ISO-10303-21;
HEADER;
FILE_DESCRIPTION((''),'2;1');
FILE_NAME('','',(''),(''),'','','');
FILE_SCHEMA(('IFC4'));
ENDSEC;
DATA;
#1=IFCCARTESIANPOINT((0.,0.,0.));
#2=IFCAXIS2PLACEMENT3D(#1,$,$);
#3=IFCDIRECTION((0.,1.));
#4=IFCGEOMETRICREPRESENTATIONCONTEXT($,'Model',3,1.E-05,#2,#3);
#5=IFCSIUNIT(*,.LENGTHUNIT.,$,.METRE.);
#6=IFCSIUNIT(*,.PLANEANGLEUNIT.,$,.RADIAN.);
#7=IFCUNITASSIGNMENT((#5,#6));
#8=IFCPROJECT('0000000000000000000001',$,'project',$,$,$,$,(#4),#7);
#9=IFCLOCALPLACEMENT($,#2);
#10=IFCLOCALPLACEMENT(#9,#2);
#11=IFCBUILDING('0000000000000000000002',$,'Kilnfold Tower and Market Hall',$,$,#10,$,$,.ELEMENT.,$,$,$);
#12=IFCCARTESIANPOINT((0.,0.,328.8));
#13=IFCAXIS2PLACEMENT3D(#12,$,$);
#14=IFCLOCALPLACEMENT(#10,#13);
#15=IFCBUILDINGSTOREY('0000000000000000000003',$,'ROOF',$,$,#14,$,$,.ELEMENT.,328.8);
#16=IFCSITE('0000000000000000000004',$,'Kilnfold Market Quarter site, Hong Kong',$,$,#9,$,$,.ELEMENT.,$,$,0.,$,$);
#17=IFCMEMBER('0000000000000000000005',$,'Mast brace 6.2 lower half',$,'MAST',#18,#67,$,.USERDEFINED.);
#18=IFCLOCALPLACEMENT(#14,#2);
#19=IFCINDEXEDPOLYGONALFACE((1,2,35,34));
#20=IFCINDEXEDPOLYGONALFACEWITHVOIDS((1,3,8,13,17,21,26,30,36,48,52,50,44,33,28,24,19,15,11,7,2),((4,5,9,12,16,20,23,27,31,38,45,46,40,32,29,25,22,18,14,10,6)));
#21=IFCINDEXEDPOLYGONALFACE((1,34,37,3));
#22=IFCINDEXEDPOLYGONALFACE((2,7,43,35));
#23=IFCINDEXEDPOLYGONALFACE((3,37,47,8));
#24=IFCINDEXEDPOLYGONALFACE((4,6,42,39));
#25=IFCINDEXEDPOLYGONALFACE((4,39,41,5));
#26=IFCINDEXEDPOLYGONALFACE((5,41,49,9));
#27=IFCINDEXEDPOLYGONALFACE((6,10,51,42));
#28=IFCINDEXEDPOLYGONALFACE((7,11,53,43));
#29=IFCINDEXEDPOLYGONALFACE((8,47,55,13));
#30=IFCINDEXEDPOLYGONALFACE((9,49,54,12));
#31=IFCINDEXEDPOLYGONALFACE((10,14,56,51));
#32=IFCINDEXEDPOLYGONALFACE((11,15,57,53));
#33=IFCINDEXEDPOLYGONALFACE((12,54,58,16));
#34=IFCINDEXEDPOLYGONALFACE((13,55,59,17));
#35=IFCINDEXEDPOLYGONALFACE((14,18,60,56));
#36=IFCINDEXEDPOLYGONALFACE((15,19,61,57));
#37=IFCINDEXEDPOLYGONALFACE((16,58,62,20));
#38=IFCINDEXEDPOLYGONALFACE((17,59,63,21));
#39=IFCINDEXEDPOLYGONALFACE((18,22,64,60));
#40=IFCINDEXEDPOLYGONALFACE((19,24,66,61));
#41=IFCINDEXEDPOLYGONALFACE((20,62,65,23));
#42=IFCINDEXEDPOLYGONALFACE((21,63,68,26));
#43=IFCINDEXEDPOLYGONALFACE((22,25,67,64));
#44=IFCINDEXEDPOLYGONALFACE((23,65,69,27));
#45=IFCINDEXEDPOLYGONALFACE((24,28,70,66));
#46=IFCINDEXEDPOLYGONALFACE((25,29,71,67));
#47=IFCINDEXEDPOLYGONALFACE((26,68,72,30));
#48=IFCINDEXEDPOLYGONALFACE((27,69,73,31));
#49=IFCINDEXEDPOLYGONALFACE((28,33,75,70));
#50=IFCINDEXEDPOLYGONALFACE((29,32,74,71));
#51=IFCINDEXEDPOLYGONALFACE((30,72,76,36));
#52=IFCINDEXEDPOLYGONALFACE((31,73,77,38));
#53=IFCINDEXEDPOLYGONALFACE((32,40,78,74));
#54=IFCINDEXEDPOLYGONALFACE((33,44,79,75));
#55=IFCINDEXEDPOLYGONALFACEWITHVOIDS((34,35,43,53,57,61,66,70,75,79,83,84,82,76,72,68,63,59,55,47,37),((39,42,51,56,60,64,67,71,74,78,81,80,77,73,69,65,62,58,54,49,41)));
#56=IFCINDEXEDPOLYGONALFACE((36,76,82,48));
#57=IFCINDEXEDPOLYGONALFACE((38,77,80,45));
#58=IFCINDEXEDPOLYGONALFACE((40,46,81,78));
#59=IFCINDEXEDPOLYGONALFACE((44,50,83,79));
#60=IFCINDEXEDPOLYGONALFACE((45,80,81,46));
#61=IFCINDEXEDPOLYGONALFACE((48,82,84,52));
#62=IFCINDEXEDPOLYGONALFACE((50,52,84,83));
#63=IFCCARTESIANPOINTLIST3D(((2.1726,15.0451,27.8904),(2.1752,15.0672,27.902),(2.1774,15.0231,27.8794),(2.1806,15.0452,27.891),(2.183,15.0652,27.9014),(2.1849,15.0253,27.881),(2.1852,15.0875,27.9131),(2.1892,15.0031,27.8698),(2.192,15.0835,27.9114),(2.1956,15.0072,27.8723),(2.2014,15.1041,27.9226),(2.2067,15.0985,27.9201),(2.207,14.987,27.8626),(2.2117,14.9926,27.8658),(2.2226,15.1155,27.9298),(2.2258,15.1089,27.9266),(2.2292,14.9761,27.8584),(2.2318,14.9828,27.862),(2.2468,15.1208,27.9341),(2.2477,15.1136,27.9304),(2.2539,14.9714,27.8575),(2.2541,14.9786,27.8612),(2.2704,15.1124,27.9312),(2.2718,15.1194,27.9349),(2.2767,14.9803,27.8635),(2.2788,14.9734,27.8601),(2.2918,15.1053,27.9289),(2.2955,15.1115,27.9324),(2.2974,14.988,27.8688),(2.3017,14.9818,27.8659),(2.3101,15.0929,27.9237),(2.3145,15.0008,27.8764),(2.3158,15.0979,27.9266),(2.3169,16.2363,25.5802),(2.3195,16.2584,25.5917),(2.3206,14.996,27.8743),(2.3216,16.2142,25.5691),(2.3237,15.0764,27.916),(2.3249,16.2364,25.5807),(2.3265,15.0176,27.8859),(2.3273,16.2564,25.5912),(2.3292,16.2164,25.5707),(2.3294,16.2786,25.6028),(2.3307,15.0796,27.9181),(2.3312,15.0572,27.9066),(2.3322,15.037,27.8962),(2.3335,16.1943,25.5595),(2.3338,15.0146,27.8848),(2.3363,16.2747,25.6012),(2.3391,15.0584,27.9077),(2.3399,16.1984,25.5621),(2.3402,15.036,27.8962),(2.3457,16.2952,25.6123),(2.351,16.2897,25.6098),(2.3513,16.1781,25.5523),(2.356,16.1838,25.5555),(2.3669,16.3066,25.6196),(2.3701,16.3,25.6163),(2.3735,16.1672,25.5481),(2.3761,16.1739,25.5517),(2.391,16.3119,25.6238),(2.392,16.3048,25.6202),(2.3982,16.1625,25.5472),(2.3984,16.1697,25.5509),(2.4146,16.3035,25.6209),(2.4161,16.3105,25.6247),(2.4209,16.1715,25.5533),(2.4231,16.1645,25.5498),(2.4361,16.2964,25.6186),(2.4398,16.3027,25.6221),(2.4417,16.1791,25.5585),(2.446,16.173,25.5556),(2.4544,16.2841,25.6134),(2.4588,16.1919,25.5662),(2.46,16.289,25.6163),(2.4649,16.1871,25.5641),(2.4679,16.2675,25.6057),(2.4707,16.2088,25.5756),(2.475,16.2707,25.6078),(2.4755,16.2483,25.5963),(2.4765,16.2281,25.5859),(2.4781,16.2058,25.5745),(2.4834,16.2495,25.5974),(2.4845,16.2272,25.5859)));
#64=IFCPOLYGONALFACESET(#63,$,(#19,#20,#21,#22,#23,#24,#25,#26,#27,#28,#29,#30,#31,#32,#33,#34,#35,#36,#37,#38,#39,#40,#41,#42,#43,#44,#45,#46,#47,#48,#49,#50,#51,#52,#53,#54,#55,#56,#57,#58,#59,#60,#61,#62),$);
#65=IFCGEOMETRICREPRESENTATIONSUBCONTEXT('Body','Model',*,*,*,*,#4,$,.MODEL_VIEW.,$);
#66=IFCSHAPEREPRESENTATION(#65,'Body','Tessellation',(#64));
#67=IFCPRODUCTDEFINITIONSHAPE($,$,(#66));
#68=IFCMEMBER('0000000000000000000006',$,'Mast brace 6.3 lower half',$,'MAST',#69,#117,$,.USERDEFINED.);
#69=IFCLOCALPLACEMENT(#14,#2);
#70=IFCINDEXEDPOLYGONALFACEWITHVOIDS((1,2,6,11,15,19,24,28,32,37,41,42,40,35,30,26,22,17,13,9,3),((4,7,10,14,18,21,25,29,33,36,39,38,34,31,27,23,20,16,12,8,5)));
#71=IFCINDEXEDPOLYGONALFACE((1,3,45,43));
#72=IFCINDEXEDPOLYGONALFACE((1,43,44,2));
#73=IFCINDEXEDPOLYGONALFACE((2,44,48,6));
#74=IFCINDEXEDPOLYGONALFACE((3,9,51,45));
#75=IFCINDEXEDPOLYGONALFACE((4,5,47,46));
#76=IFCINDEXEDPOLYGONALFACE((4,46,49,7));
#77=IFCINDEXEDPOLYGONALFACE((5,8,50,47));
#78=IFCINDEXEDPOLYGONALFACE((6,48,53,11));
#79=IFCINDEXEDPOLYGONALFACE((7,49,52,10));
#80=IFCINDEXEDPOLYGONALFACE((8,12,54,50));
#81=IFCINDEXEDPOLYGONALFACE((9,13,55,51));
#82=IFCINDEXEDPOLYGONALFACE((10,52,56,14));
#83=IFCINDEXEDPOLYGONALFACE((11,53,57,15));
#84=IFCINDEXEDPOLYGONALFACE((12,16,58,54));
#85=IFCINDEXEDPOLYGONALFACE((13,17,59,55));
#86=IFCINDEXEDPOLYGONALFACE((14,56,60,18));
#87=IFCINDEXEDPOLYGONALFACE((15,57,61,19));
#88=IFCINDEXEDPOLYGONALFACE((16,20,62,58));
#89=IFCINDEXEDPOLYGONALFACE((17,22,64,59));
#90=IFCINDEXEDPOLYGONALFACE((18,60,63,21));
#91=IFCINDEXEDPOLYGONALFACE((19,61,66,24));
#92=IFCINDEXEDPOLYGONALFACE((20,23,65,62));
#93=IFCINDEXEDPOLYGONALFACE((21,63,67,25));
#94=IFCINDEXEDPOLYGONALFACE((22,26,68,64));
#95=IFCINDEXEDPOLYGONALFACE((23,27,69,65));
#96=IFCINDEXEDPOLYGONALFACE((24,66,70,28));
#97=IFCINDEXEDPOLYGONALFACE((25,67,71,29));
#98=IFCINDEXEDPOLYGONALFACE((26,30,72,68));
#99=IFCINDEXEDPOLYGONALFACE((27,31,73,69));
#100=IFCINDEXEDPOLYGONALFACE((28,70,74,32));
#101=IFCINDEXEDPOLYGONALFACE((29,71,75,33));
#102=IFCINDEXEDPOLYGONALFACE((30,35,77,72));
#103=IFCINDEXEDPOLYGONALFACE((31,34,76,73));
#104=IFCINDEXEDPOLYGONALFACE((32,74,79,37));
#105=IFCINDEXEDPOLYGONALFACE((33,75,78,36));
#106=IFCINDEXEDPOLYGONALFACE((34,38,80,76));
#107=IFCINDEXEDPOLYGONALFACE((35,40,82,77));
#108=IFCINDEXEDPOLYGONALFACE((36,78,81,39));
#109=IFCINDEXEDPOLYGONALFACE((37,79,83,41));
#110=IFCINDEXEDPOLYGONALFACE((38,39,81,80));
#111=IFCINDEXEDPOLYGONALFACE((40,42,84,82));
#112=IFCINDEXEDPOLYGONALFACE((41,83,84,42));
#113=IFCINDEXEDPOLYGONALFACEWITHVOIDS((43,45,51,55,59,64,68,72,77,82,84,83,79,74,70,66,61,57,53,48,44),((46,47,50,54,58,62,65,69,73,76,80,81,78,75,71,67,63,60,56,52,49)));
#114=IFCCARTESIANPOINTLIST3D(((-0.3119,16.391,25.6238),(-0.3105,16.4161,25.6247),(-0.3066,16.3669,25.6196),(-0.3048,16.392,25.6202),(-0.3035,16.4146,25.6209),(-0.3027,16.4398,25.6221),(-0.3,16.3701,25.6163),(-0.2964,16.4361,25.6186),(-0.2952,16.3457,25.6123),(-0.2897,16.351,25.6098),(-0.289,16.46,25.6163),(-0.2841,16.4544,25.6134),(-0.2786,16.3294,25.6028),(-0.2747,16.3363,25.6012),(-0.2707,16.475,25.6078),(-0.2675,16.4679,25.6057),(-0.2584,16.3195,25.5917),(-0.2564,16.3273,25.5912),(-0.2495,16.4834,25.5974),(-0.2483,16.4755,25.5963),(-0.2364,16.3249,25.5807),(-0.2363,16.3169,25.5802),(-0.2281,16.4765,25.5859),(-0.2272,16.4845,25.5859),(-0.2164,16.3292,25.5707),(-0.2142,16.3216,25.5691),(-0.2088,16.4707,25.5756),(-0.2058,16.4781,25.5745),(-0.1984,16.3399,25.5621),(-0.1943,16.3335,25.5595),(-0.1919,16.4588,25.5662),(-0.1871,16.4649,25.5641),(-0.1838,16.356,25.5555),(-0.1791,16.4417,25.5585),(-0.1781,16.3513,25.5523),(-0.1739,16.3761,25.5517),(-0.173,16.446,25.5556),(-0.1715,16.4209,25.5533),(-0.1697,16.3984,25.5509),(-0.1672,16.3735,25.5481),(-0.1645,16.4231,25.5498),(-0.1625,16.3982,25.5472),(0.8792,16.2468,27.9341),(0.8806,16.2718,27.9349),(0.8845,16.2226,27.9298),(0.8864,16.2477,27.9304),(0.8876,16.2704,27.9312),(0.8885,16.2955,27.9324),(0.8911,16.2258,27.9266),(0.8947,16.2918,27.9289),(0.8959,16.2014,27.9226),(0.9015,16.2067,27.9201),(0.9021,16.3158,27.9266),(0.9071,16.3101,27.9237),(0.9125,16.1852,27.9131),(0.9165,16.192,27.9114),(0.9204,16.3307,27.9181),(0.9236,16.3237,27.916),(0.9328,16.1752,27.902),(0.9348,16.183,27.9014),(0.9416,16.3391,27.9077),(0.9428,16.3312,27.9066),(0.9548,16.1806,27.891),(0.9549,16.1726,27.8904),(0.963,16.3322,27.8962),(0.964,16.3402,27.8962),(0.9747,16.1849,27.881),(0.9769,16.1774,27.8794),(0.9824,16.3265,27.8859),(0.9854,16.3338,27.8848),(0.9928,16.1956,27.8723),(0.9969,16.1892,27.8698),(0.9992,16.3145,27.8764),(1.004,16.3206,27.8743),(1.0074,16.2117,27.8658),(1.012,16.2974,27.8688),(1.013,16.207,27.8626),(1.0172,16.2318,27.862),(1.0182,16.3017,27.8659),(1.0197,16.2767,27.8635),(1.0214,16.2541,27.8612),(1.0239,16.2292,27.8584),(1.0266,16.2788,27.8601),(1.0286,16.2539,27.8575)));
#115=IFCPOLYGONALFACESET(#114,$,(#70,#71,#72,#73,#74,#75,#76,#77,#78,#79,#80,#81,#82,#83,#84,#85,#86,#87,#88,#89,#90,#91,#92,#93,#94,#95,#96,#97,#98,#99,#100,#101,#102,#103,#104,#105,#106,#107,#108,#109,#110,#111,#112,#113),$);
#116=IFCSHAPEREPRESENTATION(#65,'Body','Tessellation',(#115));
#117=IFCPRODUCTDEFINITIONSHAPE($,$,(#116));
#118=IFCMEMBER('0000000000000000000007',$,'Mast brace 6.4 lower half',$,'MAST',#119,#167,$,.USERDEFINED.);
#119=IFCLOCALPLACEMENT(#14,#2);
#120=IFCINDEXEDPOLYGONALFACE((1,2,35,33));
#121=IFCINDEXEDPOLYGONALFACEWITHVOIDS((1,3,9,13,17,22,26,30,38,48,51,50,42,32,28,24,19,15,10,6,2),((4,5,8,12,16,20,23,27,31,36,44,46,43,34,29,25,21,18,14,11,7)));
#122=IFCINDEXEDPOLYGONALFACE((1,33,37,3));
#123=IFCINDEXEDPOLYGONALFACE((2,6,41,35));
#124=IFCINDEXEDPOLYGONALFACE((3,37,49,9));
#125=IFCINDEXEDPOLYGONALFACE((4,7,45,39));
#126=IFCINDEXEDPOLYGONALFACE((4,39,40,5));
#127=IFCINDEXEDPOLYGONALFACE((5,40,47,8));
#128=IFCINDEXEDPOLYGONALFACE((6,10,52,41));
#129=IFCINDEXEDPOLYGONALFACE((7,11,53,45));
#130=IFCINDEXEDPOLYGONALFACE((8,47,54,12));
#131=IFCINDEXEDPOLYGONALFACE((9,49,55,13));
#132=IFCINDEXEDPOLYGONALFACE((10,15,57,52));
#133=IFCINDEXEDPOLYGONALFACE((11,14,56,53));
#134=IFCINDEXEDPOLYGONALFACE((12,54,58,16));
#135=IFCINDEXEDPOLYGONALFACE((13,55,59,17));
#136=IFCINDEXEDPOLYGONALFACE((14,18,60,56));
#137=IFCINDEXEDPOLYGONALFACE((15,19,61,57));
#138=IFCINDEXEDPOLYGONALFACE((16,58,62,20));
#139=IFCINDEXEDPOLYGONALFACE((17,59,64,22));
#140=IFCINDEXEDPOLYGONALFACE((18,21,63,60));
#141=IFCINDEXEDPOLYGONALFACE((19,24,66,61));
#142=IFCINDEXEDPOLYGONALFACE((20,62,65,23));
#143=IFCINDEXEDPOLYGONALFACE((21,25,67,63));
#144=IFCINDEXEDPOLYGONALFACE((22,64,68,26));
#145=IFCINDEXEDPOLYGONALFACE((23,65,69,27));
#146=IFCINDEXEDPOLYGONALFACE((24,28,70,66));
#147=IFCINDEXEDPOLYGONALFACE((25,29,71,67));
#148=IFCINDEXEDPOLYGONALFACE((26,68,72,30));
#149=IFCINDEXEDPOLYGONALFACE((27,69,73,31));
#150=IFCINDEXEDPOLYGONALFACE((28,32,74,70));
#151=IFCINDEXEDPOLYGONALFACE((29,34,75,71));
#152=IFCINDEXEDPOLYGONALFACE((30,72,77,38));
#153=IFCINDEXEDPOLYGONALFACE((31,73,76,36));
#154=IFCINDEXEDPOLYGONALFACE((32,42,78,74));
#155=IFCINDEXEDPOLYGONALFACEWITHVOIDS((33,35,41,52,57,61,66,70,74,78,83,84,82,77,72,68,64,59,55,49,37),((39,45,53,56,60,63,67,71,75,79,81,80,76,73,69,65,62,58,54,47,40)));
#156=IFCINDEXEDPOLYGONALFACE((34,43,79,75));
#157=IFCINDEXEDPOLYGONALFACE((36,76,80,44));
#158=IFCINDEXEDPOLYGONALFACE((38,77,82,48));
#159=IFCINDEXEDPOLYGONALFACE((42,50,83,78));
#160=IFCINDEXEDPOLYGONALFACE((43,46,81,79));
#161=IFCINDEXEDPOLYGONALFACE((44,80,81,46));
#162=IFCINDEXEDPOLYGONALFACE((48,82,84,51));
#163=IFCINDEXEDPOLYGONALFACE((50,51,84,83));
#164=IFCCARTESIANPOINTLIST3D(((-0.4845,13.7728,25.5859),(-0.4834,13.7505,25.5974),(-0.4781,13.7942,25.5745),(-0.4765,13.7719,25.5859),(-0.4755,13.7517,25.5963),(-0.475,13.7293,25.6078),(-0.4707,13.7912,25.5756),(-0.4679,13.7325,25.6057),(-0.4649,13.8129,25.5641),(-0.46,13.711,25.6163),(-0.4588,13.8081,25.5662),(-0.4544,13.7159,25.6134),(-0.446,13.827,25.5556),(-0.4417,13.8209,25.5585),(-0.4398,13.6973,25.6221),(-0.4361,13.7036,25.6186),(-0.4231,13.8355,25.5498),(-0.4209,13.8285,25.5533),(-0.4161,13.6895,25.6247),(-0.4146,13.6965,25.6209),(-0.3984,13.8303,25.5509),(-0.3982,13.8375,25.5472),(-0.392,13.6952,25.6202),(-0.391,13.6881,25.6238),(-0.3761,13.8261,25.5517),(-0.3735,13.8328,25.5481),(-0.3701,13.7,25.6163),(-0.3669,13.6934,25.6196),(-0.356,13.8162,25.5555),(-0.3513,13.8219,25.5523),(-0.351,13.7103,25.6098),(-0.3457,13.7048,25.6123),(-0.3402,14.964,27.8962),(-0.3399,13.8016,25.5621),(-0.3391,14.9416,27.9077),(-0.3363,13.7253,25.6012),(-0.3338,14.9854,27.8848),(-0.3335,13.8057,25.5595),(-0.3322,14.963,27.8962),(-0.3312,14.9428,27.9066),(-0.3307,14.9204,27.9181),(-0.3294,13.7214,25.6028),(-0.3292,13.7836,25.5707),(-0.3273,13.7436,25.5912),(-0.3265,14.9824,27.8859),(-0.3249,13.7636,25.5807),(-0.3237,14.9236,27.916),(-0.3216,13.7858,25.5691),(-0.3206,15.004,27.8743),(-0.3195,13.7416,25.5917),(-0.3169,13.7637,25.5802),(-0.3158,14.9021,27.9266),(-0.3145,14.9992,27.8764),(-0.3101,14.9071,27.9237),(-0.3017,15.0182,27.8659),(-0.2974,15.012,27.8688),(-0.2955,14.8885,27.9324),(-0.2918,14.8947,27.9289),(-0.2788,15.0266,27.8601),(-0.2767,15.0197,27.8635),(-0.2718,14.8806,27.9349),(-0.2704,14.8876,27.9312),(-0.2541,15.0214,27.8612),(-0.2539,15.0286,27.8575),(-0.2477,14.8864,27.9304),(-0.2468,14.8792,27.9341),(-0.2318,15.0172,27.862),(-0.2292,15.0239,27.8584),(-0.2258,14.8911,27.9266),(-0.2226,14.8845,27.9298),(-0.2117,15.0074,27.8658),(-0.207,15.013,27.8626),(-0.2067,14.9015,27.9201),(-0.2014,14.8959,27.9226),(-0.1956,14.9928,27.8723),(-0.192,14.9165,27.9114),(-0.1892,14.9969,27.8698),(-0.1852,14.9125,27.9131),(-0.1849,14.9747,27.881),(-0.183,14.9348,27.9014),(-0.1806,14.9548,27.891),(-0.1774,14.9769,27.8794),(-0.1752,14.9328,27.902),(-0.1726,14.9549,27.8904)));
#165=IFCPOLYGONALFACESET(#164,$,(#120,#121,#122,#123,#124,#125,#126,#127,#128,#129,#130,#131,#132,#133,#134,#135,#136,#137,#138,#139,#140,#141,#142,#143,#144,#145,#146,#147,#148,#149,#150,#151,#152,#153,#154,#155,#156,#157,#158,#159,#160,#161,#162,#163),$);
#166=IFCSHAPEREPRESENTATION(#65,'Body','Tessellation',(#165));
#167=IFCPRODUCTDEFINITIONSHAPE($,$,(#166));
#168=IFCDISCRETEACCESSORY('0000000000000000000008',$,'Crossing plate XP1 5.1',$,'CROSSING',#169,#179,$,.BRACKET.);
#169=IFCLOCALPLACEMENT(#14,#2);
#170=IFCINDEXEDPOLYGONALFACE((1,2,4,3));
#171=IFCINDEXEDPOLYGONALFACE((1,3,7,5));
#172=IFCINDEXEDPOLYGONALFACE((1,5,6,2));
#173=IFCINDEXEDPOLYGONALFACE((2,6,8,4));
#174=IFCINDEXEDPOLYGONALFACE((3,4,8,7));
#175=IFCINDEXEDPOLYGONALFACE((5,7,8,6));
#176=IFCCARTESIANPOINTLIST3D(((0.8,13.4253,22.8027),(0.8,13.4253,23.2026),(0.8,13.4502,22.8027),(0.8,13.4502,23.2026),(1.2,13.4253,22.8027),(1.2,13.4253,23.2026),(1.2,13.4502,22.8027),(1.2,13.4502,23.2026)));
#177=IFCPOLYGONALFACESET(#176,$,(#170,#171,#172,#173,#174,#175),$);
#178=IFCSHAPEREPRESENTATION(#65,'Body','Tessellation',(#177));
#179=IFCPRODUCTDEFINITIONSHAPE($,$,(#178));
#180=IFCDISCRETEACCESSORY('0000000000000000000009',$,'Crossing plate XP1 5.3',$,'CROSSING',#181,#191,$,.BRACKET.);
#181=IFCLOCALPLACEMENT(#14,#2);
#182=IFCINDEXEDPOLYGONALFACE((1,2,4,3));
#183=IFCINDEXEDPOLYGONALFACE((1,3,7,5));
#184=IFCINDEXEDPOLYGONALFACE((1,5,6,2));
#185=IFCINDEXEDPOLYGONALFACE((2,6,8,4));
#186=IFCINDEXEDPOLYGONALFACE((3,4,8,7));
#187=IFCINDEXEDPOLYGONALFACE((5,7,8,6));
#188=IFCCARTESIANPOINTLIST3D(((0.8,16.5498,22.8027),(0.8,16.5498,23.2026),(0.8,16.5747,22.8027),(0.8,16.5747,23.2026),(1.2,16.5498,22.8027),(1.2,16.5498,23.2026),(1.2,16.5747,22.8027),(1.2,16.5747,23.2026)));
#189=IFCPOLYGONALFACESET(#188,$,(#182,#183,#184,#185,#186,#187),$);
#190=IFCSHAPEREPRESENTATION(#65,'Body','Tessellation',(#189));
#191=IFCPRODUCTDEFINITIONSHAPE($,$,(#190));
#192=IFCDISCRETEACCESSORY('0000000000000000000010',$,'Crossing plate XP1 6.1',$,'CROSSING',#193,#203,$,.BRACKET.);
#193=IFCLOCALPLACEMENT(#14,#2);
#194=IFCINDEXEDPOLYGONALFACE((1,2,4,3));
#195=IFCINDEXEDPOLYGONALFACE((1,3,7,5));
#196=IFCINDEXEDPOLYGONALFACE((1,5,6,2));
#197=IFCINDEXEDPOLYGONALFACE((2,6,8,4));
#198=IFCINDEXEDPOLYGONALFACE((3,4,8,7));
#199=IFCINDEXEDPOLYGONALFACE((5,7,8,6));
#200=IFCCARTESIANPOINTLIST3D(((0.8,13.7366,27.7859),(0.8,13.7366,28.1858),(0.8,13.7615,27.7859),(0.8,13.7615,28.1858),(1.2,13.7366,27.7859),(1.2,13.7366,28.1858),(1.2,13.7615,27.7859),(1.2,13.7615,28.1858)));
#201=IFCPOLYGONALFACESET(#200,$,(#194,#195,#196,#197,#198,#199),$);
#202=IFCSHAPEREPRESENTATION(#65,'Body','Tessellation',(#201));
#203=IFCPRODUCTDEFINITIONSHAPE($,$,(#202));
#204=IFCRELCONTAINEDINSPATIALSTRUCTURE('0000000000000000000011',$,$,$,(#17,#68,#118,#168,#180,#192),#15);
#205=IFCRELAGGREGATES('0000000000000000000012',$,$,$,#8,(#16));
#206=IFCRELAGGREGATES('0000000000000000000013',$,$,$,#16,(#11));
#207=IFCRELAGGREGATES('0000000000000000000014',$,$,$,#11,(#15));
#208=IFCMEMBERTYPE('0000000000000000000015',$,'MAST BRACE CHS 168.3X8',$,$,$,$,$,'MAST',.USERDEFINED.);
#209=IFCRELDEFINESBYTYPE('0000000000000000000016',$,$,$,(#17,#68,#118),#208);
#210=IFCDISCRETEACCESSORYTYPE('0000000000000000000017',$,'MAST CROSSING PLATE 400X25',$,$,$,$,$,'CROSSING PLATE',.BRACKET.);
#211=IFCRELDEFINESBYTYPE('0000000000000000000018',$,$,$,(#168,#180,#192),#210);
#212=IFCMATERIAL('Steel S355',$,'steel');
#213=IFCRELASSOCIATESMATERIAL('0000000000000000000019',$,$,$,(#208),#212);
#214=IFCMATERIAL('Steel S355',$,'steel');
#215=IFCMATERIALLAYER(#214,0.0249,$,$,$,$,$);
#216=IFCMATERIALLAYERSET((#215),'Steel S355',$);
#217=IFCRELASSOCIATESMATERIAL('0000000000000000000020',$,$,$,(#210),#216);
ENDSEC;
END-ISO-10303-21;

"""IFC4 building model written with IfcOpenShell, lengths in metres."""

from ifc_helpers import new_model, si_unit, direction, frame, origin, origin_2d, place, context, subcontext, project, spatial, rectangle, hollow_circle, extrude, source, transform, mapped, material, layer, layer_set, material_profile, profile_set, type_object, element, save


model = new_model("IFC4")

# Units and contexts
model_context = context("Model", 3, precision=1e-05, world=origin(), true_north=direction((0.0, 1.0)))
body_context = subcontext(model_context, "Body", "Model", "MODEL_VIEW")
ifc_project = project(units=[si_unit("LENGTHUNIT", "METRE"), si_unit("PLANEANGLEUNIT", "RADIAN")], contexts=[model_context])

# Site, building, storey
site_placement = place(None, origin())
site = spatial("IfcSite", under=ifc_project, at=site_placement, Name="Kilnfold Market Quarter site, Hong Kong", CompositionType="ELEMENT", RefElevation=0.0)
building_placement = place(site_placement, origin())
building = spatial("IfcBuilding", under=site, at=building_placement, Name="Kilnfold Tower and Market Hall", CompositionType="ELEMENT")
storey_placement = place(building_placement, frame((0.0, 0.0, 328.8)))
storey = spatial("IfcBuildingStorey", under=building, at=storey_placement, Name="ROOF", CompositionType="ELEMENT", Elevation=328.8)

# Members
ifc_material_1 = material(Name="Steel S355", Category="steel")
ifc_material_profile_1 = material_profile(ifc_material_1, hollow_circle(Radius=0.0842, WallThickness=0.0081, at=origin_2d()), Name="CHS 168.3x8")
ifc_profile_set_1 = profile_set([ifc_material_profile_1], Name="Steel S355")
member_type_1 = type_object("IfcMemberType", Name="MAST BRACE CHS 168.3X8", ElementType="MAST", PredefinedType="USERDEFINED", material=ifc_profile_set_1)
shared_shape_1 = source(origin(), body_context, "Body", "SweptSolid", [
    extrude(hollow_circle(Radius=0.0842, WallThickness=0.0081, at=origin_2d()), origin(), (0.0, 0.0, 1.0), 2.6033),
])
for number, where, z_axis, x_axis, name in (
    (1, (2.4009, 16.2373, 25.5859), (-0.055425, -0.457558, 0.887451), (0.992743, -0.120252, 0.0), "Mast brace 6.2 lower half"),
    (2, (-0.2373, 16.4009, 25.5859), (0.457558, -0.055425, 0.887451), (0.120252, 0.992743, 0.0), "Mast brace 6.3 lower half"),
    (3, (-0.4009, 13.7627, 25.5859), (0.055425, 0.457558, 0.887451), (-0.992743, 0.120252, 0.0), "Mast brace 6.4 lower half"),
):
    element("IfcMember", number, at=place(storey_placement, frame(where, z_axis=z_axis, x_axis=x_axis)), inside=storey, type_object=member_type_1, Name=name, ObjectType="MAST", PredefinedType="USERDEFINED", context=body_context, shape_type="MappedRepresentation", body=[
        mapped(shared_shape_1, transform((0.0, 0.0, 0.0))),
    ])

# Discrete accessories
ifc_material_2 = material(Name="Steel S355", Category="steel")
ifc_layer_1 = layer(ifc_material_2, 0.0249)
ifc_layer_set_1 = layer_set([ifc_layer_1], Name="Steel S355")
discrete_accessory_type_1 = type_object("IfcDiscreteAccessoryType", Name="MAST CROSSING PLATE 400X25", ElementType="CROSSING PLATE", PredefinedType="BRACKET", material=ifc_layer_set_1)
shared_shape_2 = source(origin(), body_context, "Body", "SweptSolid", [
    extrude(rectangle(XDim=0.3999, YDim=0.0249, at=origin_2d()), origin(), (0.0, 0.0, 1.0), 0.3999),
])
for number, where, z_axis, x_axis, name in (
    (4, (1.0, 13.4377, 22.8027), (0.0, 0.0, 1.0), (1.0, 0.0, 0.0), "Crossing plate XP1 5.1"),
    (5, (1.0, 16.5623, 22.8027), (0.0, 0.0, 1.0), (1.0, 0.0, 0.0), "Crossing plate XP1 5.3"),
    (6, (1.0, 13.749, 27.7859), (0.0, 0.0, 1.0), (1.0, 0.0, 0.0), "Crossing plate XP1 6.1"),
):
    element("IfcDiscreteAccessory", number, at=place(storey_placement, frame(where, z_axis=z_axis, x_axis=x_axis)), inside=storey, type_object=discrete_accessory_type_1, Name=name, ObjectType="CROSSING", PredefinedType="BRACKET", context=body_context, shape_type="MappedRepresentation", body=[
        mapped(shared_shape_2, transform((0.0, 0.0, 0.0))),
    ])

save(model, "model.ifc")
